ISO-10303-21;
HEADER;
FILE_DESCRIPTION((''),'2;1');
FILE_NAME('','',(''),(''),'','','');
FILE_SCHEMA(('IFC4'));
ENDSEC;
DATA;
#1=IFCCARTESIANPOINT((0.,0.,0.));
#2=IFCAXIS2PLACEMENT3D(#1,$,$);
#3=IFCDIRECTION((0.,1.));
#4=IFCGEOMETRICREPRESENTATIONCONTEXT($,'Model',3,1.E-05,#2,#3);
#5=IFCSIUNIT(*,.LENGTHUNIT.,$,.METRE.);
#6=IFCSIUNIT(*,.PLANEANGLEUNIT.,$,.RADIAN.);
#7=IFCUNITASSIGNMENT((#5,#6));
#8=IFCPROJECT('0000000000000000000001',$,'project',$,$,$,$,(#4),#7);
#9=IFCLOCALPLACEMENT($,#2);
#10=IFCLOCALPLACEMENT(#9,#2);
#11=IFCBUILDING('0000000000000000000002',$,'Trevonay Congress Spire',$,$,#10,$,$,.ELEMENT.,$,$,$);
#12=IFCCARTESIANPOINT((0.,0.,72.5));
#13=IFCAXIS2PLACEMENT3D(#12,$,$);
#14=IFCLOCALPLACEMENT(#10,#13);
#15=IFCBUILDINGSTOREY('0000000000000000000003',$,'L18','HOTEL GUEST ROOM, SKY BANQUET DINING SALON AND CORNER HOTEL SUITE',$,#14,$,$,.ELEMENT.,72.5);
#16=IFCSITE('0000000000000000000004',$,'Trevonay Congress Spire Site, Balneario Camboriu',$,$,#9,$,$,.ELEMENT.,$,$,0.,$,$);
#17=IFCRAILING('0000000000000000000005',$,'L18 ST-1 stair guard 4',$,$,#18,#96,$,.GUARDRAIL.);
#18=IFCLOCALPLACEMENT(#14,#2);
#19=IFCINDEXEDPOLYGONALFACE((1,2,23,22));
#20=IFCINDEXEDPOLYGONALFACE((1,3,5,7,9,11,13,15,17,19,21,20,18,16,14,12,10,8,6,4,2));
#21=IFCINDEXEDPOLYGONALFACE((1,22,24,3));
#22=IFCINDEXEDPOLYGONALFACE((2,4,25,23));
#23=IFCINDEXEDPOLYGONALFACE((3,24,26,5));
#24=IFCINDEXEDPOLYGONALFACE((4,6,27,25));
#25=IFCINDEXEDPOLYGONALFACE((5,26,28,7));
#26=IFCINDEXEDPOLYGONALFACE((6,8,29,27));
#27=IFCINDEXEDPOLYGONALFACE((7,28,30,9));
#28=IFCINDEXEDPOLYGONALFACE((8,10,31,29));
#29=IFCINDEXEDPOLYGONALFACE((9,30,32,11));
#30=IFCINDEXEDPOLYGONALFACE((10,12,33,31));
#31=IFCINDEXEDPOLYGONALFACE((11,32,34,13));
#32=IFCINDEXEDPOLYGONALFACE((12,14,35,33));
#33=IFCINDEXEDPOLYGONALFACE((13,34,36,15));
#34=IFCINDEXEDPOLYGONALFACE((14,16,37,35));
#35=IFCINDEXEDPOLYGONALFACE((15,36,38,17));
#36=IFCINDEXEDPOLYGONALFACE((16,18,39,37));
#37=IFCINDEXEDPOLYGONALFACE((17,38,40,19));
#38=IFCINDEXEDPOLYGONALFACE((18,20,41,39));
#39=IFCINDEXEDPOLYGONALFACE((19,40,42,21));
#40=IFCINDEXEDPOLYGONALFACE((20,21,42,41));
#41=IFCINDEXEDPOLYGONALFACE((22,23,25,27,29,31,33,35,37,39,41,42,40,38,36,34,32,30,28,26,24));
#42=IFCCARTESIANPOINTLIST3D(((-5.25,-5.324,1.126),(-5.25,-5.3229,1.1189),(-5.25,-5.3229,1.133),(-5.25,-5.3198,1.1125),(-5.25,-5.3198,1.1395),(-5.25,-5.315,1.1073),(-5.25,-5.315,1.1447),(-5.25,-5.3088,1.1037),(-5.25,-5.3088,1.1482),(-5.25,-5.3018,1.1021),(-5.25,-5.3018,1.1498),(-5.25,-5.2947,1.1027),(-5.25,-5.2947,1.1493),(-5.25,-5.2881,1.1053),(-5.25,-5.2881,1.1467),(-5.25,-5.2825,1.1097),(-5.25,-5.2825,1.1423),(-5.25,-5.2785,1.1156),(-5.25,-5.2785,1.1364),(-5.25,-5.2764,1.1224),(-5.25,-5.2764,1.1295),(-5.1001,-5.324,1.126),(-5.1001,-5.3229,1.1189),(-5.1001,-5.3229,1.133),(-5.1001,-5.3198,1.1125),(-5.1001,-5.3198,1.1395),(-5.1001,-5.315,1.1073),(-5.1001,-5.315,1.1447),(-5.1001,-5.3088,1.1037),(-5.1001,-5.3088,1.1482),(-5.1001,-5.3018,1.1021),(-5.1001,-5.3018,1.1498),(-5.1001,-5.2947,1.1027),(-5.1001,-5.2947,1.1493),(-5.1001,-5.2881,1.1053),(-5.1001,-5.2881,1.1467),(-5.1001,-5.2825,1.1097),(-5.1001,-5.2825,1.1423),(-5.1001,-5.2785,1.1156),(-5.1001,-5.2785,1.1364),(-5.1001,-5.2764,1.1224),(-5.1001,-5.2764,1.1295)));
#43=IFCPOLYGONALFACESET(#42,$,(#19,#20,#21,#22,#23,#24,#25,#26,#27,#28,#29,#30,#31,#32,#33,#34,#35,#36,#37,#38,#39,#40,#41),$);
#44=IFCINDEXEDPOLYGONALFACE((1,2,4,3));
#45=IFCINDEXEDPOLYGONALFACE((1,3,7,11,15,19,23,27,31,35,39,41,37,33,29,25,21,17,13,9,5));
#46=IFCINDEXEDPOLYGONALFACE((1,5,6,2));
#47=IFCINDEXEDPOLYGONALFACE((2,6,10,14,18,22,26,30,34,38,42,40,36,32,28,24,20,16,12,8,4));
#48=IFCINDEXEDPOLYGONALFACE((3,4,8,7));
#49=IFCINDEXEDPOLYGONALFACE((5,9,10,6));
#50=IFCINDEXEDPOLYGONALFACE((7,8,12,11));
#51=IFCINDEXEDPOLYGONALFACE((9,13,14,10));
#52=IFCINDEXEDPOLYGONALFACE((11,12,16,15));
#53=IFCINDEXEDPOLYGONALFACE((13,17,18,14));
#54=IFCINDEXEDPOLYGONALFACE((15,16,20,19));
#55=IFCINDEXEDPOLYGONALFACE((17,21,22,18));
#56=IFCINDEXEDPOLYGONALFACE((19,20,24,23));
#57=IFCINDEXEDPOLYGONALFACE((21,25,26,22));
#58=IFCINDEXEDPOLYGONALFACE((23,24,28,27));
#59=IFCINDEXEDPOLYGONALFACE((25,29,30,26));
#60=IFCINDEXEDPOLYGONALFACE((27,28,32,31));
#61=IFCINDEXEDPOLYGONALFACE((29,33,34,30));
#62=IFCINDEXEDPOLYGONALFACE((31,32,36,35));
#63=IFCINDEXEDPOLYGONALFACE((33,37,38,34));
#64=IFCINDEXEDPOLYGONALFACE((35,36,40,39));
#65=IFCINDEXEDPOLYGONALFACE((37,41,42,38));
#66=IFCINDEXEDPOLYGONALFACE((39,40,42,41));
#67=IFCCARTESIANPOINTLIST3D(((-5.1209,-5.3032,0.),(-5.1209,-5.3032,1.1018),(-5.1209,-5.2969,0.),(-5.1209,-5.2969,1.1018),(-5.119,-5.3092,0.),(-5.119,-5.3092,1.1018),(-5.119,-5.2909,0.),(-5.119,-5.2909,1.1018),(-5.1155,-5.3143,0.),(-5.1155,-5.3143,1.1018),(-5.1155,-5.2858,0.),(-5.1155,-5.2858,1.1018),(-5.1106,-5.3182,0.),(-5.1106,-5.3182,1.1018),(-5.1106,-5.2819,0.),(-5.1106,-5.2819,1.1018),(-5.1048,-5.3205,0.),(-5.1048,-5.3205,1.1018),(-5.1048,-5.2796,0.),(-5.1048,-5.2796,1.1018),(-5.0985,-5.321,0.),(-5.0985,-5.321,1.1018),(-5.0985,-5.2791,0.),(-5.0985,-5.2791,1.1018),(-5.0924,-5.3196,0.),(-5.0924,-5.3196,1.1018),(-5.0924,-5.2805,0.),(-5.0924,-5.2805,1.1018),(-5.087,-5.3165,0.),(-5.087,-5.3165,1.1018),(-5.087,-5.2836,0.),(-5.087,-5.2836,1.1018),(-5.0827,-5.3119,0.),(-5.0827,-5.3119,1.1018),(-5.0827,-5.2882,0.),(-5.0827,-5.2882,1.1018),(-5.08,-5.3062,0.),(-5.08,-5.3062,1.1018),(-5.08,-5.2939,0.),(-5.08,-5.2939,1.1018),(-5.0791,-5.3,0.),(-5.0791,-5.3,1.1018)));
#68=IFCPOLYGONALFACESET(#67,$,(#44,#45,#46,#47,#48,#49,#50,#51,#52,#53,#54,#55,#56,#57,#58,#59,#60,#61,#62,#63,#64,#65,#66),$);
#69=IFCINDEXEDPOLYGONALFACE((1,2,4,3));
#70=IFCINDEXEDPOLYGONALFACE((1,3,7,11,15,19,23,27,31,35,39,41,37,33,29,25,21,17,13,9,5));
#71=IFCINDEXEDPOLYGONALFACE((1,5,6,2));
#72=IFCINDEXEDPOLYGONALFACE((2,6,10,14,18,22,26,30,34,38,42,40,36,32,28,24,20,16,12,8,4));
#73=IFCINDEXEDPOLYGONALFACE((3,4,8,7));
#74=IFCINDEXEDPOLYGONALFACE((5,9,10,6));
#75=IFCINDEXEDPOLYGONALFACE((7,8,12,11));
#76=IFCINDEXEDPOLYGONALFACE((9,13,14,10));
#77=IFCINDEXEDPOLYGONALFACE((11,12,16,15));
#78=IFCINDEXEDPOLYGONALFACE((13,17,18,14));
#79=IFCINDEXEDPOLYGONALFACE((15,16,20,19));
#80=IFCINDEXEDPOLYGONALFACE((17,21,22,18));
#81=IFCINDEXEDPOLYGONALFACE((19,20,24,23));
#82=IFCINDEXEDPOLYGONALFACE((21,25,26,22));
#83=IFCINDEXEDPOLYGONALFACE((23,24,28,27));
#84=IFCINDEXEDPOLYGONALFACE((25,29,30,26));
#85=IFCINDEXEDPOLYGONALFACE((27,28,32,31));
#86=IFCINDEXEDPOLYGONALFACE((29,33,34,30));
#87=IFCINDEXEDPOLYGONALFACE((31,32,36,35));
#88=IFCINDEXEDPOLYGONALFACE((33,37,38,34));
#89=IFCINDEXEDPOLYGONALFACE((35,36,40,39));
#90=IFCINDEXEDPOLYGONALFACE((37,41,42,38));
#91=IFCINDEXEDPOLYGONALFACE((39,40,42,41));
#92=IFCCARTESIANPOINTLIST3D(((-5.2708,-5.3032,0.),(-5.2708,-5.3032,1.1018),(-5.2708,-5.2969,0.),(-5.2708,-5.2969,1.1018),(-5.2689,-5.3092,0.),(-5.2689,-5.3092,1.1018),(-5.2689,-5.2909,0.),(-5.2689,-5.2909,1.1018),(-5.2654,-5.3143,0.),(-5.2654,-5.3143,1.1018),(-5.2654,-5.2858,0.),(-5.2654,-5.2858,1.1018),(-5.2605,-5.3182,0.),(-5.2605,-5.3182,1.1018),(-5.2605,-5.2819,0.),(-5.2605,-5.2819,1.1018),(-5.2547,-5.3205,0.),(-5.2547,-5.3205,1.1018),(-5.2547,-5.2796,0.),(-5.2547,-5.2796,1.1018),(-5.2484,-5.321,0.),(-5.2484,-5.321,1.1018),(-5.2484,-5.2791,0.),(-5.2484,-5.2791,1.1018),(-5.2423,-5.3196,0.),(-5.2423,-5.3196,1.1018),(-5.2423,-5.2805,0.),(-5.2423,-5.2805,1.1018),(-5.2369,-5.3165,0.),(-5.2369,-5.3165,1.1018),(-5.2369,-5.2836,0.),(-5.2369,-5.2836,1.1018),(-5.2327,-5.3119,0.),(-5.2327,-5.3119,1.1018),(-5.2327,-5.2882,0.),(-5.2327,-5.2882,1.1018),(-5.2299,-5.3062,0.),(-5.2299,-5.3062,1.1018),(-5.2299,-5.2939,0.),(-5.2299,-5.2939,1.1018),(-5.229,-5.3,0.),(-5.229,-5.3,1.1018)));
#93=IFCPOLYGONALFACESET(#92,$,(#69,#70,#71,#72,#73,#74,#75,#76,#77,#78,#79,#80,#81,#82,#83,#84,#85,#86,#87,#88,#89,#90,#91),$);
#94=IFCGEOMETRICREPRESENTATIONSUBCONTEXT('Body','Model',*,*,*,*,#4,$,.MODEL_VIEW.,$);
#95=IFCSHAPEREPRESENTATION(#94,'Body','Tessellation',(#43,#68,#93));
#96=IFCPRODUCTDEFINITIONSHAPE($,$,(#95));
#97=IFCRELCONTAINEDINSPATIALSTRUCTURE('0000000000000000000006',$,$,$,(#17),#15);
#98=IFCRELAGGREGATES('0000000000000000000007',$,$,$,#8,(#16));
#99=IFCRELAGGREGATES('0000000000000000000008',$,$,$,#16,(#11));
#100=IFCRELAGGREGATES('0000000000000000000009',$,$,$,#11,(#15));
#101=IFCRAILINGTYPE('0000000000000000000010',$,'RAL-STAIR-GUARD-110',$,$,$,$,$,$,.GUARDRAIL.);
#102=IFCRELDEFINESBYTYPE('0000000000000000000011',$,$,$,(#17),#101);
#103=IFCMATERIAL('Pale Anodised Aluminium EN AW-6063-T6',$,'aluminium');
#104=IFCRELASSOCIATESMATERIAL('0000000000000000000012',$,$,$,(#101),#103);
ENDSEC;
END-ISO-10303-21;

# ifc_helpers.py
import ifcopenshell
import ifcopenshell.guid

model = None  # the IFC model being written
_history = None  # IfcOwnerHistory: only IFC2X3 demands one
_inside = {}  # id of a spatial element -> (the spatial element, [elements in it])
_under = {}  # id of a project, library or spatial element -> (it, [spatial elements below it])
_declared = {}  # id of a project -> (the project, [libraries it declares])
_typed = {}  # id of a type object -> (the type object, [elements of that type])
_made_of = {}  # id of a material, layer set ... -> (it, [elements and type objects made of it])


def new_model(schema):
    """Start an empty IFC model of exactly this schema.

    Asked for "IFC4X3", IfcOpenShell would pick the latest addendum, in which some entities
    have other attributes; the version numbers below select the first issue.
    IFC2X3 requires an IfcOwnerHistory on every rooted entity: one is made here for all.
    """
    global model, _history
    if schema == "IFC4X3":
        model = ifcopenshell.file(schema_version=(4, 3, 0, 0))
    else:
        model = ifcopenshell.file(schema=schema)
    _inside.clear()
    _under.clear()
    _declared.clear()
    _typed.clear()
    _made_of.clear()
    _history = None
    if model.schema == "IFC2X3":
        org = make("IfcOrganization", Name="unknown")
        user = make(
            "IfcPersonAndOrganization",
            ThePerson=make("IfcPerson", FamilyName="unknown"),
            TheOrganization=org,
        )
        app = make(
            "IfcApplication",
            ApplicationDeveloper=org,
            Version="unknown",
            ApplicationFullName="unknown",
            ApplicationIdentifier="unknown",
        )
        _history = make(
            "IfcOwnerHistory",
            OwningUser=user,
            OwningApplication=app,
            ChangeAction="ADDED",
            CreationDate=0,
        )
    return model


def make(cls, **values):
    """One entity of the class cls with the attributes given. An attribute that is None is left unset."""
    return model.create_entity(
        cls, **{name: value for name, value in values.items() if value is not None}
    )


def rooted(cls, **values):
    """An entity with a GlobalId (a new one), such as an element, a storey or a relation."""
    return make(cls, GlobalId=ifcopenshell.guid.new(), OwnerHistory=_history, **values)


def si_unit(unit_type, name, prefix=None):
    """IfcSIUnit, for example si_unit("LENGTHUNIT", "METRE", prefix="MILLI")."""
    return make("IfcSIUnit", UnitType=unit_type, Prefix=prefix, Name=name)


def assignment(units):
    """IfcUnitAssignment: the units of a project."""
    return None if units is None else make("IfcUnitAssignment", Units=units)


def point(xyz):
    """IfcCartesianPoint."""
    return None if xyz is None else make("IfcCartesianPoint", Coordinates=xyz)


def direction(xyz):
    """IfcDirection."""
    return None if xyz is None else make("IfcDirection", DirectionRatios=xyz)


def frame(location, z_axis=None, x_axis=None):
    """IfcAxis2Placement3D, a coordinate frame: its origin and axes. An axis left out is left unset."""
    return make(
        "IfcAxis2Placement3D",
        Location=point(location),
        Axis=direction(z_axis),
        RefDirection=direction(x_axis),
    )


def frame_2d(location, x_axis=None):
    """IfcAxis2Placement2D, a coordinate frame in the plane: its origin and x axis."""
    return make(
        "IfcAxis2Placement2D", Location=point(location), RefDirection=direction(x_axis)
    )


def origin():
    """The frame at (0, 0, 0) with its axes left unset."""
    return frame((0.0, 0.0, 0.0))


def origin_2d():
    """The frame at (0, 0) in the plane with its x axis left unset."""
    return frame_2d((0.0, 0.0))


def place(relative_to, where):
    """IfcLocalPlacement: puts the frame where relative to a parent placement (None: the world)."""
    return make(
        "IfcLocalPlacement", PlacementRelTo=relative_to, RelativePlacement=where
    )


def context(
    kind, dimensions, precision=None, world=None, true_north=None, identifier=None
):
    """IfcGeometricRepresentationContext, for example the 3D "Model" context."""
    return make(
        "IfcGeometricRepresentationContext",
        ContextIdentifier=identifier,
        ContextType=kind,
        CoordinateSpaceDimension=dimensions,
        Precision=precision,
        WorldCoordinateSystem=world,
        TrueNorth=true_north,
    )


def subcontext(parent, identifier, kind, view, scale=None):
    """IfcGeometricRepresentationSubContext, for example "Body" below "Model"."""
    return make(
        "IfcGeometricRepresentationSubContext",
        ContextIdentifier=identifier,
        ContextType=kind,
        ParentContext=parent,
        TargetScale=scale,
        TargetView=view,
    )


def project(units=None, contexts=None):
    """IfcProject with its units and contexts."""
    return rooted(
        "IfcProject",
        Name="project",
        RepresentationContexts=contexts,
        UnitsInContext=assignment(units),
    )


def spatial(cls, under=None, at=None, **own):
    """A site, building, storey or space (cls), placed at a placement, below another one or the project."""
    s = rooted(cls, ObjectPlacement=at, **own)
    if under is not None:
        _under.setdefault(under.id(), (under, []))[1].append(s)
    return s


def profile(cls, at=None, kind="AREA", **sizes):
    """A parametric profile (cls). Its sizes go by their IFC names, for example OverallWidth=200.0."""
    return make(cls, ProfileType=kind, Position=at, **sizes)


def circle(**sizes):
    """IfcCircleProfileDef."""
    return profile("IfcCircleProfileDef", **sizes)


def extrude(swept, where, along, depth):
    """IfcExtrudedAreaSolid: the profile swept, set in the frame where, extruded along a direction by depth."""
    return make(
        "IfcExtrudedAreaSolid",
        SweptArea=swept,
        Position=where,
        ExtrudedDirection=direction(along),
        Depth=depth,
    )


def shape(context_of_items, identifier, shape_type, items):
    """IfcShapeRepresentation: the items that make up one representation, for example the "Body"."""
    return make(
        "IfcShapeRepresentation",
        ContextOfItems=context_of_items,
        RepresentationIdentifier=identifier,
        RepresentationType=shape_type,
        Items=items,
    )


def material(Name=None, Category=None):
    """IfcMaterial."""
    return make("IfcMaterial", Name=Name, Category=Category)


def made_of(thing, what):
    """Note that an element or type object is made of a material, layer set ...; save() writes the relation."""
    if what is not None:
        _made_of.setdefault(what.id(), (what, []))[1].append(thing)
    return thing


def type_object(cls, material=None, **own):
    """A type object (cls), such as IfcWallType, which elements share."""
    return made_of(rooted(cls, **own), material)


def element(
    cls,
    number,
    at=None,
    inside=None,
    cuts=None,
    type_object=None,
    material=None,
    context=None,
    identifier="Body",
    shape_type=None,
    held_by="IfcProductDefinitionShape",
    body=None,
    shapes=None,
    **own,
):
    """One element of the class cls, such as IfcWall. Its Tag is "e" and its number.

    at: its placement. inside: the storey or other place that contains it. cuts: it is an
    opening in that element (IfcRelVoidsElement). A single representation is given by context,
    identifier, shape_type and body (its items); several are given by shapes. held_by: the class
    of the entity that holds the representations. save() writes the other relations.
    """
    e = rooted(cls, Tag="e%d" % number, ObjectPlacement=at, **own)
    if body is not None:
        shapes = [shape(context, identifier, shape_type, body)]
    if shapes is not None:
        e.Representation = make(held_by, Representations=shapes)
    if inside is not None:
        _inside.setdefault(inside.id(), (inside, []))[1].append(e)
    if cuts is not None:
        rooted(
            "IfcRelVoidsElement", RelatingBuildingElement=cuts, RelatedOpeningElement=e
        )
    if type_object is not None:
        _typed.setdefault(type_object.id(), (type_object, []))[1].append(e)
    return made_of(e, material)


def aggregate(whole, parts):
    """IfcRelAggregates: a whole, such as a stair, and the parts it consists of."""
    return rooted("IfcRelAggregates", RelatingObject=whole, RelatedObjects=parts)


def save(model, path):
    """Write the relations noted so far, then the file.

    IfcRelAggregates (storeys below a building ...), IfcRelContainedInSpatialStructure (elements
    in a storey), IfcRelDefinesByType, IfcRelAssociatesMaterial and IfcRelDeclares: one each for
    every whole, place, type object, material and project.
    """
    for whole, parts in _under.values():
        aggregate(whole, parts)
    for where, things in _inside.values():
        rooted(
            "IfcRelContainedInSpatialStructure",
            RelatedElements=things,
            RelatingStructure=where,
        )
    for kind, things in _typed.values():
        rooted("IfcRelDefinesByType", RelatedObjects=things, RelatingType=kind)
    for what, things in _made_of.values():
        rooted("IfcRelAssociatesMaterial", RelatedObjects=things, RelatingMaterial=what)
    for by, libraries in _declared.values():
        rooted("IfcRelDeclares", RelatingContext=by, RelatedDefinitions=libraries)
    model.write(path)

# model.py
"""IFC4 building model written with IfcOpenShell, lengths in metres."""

from ifc_helpers import new_model, si_unit, direction, frame, origin, origin_2d, place, context, subcontext, project, spatial, circle, extrude, material, type_object, element, save


model = new_model("IFC4")

# Units and contexts
model_context = context("Model", 3, precision=1e-05, world=origin(), true_north=direction((0.0, 1.0)))
body_context = subcontext(model_context, "Body", "Model", "MODEL_VIEW")
ifc_project = project(units=[si_unit("LENGTHUNIT", "METRE"), si_unit("PLANEANGLEUNIT", "RADIAN")], contexts=[model_context])

# Site, building, storey
site_placement = place(None, origin())
site = spatial("IfcSite", under=ifc_project, at=site_placement, Name="Trevonay Congress Spire Site, Balneario Camboriu", CompositionType="ELEMENT", RefElevation=0.0)
building_placement = place(site_placement, origin())
building = spatial("IfcBuilding", under=site, at=building_placement, Name="Trevonay Congress Spire", CompositionType="ELEMENT")
storey_placement = place(building_placement, frame((0.0, 0.0, 72.5)))
storey = spatial("IfcBuildingStorey", under=building, at=storey_placement, Name="L18", Description="HOTEL GUEST ROOM, SKY BANQUET DINING SALON AND CORNER HOTEL SUITE", CompositionType="ELEMENT", Elevation=72.5)

# Shared definitions
ifc_material_1 = material(Name="Pale Anodised Aluminium EN AW-6063-T6", Category="aluminium")

# Railing
railing_type = type_object("IfcRailingType", Name="RAL-STAIR-GUARD-110", PredefinedType="GUARDRAIL", material=ifc_material_1)
railing_1_placement = place(storey_placement, frame((-5.1001, -5.3, 0.0)))
element("IfcRailing", 1, at=railing_1_placement, inside=storey, type_object=railing_type, Name="L18 ST-1 stair guard 4", PredefinedType="GUARDRAIL", context=body_context, shape_type="SweptSolid", body=[
    extrude(circle(Radius=0.0239, at=origin_2d()), frame((0.0, 0.0, 1.126), z_axis=(-1.0, 0.0, 0.0), x_axis=(0.0, -1.0, 0.0)), (0.0, 0.0, 1.0), 0.1499),
    extrude(circle(Radius=0.021, at=origin_2d()), origin(), (0.0, 0.0, 1.0), 1.1018),
    extrude(circle(Radius=0.021, at=origin_2d()), frame((-0.1499, 0.0, 0.0)), (0.0, 0.0, 1.0), 1.1018),
])

save(model, "model.ifc")
